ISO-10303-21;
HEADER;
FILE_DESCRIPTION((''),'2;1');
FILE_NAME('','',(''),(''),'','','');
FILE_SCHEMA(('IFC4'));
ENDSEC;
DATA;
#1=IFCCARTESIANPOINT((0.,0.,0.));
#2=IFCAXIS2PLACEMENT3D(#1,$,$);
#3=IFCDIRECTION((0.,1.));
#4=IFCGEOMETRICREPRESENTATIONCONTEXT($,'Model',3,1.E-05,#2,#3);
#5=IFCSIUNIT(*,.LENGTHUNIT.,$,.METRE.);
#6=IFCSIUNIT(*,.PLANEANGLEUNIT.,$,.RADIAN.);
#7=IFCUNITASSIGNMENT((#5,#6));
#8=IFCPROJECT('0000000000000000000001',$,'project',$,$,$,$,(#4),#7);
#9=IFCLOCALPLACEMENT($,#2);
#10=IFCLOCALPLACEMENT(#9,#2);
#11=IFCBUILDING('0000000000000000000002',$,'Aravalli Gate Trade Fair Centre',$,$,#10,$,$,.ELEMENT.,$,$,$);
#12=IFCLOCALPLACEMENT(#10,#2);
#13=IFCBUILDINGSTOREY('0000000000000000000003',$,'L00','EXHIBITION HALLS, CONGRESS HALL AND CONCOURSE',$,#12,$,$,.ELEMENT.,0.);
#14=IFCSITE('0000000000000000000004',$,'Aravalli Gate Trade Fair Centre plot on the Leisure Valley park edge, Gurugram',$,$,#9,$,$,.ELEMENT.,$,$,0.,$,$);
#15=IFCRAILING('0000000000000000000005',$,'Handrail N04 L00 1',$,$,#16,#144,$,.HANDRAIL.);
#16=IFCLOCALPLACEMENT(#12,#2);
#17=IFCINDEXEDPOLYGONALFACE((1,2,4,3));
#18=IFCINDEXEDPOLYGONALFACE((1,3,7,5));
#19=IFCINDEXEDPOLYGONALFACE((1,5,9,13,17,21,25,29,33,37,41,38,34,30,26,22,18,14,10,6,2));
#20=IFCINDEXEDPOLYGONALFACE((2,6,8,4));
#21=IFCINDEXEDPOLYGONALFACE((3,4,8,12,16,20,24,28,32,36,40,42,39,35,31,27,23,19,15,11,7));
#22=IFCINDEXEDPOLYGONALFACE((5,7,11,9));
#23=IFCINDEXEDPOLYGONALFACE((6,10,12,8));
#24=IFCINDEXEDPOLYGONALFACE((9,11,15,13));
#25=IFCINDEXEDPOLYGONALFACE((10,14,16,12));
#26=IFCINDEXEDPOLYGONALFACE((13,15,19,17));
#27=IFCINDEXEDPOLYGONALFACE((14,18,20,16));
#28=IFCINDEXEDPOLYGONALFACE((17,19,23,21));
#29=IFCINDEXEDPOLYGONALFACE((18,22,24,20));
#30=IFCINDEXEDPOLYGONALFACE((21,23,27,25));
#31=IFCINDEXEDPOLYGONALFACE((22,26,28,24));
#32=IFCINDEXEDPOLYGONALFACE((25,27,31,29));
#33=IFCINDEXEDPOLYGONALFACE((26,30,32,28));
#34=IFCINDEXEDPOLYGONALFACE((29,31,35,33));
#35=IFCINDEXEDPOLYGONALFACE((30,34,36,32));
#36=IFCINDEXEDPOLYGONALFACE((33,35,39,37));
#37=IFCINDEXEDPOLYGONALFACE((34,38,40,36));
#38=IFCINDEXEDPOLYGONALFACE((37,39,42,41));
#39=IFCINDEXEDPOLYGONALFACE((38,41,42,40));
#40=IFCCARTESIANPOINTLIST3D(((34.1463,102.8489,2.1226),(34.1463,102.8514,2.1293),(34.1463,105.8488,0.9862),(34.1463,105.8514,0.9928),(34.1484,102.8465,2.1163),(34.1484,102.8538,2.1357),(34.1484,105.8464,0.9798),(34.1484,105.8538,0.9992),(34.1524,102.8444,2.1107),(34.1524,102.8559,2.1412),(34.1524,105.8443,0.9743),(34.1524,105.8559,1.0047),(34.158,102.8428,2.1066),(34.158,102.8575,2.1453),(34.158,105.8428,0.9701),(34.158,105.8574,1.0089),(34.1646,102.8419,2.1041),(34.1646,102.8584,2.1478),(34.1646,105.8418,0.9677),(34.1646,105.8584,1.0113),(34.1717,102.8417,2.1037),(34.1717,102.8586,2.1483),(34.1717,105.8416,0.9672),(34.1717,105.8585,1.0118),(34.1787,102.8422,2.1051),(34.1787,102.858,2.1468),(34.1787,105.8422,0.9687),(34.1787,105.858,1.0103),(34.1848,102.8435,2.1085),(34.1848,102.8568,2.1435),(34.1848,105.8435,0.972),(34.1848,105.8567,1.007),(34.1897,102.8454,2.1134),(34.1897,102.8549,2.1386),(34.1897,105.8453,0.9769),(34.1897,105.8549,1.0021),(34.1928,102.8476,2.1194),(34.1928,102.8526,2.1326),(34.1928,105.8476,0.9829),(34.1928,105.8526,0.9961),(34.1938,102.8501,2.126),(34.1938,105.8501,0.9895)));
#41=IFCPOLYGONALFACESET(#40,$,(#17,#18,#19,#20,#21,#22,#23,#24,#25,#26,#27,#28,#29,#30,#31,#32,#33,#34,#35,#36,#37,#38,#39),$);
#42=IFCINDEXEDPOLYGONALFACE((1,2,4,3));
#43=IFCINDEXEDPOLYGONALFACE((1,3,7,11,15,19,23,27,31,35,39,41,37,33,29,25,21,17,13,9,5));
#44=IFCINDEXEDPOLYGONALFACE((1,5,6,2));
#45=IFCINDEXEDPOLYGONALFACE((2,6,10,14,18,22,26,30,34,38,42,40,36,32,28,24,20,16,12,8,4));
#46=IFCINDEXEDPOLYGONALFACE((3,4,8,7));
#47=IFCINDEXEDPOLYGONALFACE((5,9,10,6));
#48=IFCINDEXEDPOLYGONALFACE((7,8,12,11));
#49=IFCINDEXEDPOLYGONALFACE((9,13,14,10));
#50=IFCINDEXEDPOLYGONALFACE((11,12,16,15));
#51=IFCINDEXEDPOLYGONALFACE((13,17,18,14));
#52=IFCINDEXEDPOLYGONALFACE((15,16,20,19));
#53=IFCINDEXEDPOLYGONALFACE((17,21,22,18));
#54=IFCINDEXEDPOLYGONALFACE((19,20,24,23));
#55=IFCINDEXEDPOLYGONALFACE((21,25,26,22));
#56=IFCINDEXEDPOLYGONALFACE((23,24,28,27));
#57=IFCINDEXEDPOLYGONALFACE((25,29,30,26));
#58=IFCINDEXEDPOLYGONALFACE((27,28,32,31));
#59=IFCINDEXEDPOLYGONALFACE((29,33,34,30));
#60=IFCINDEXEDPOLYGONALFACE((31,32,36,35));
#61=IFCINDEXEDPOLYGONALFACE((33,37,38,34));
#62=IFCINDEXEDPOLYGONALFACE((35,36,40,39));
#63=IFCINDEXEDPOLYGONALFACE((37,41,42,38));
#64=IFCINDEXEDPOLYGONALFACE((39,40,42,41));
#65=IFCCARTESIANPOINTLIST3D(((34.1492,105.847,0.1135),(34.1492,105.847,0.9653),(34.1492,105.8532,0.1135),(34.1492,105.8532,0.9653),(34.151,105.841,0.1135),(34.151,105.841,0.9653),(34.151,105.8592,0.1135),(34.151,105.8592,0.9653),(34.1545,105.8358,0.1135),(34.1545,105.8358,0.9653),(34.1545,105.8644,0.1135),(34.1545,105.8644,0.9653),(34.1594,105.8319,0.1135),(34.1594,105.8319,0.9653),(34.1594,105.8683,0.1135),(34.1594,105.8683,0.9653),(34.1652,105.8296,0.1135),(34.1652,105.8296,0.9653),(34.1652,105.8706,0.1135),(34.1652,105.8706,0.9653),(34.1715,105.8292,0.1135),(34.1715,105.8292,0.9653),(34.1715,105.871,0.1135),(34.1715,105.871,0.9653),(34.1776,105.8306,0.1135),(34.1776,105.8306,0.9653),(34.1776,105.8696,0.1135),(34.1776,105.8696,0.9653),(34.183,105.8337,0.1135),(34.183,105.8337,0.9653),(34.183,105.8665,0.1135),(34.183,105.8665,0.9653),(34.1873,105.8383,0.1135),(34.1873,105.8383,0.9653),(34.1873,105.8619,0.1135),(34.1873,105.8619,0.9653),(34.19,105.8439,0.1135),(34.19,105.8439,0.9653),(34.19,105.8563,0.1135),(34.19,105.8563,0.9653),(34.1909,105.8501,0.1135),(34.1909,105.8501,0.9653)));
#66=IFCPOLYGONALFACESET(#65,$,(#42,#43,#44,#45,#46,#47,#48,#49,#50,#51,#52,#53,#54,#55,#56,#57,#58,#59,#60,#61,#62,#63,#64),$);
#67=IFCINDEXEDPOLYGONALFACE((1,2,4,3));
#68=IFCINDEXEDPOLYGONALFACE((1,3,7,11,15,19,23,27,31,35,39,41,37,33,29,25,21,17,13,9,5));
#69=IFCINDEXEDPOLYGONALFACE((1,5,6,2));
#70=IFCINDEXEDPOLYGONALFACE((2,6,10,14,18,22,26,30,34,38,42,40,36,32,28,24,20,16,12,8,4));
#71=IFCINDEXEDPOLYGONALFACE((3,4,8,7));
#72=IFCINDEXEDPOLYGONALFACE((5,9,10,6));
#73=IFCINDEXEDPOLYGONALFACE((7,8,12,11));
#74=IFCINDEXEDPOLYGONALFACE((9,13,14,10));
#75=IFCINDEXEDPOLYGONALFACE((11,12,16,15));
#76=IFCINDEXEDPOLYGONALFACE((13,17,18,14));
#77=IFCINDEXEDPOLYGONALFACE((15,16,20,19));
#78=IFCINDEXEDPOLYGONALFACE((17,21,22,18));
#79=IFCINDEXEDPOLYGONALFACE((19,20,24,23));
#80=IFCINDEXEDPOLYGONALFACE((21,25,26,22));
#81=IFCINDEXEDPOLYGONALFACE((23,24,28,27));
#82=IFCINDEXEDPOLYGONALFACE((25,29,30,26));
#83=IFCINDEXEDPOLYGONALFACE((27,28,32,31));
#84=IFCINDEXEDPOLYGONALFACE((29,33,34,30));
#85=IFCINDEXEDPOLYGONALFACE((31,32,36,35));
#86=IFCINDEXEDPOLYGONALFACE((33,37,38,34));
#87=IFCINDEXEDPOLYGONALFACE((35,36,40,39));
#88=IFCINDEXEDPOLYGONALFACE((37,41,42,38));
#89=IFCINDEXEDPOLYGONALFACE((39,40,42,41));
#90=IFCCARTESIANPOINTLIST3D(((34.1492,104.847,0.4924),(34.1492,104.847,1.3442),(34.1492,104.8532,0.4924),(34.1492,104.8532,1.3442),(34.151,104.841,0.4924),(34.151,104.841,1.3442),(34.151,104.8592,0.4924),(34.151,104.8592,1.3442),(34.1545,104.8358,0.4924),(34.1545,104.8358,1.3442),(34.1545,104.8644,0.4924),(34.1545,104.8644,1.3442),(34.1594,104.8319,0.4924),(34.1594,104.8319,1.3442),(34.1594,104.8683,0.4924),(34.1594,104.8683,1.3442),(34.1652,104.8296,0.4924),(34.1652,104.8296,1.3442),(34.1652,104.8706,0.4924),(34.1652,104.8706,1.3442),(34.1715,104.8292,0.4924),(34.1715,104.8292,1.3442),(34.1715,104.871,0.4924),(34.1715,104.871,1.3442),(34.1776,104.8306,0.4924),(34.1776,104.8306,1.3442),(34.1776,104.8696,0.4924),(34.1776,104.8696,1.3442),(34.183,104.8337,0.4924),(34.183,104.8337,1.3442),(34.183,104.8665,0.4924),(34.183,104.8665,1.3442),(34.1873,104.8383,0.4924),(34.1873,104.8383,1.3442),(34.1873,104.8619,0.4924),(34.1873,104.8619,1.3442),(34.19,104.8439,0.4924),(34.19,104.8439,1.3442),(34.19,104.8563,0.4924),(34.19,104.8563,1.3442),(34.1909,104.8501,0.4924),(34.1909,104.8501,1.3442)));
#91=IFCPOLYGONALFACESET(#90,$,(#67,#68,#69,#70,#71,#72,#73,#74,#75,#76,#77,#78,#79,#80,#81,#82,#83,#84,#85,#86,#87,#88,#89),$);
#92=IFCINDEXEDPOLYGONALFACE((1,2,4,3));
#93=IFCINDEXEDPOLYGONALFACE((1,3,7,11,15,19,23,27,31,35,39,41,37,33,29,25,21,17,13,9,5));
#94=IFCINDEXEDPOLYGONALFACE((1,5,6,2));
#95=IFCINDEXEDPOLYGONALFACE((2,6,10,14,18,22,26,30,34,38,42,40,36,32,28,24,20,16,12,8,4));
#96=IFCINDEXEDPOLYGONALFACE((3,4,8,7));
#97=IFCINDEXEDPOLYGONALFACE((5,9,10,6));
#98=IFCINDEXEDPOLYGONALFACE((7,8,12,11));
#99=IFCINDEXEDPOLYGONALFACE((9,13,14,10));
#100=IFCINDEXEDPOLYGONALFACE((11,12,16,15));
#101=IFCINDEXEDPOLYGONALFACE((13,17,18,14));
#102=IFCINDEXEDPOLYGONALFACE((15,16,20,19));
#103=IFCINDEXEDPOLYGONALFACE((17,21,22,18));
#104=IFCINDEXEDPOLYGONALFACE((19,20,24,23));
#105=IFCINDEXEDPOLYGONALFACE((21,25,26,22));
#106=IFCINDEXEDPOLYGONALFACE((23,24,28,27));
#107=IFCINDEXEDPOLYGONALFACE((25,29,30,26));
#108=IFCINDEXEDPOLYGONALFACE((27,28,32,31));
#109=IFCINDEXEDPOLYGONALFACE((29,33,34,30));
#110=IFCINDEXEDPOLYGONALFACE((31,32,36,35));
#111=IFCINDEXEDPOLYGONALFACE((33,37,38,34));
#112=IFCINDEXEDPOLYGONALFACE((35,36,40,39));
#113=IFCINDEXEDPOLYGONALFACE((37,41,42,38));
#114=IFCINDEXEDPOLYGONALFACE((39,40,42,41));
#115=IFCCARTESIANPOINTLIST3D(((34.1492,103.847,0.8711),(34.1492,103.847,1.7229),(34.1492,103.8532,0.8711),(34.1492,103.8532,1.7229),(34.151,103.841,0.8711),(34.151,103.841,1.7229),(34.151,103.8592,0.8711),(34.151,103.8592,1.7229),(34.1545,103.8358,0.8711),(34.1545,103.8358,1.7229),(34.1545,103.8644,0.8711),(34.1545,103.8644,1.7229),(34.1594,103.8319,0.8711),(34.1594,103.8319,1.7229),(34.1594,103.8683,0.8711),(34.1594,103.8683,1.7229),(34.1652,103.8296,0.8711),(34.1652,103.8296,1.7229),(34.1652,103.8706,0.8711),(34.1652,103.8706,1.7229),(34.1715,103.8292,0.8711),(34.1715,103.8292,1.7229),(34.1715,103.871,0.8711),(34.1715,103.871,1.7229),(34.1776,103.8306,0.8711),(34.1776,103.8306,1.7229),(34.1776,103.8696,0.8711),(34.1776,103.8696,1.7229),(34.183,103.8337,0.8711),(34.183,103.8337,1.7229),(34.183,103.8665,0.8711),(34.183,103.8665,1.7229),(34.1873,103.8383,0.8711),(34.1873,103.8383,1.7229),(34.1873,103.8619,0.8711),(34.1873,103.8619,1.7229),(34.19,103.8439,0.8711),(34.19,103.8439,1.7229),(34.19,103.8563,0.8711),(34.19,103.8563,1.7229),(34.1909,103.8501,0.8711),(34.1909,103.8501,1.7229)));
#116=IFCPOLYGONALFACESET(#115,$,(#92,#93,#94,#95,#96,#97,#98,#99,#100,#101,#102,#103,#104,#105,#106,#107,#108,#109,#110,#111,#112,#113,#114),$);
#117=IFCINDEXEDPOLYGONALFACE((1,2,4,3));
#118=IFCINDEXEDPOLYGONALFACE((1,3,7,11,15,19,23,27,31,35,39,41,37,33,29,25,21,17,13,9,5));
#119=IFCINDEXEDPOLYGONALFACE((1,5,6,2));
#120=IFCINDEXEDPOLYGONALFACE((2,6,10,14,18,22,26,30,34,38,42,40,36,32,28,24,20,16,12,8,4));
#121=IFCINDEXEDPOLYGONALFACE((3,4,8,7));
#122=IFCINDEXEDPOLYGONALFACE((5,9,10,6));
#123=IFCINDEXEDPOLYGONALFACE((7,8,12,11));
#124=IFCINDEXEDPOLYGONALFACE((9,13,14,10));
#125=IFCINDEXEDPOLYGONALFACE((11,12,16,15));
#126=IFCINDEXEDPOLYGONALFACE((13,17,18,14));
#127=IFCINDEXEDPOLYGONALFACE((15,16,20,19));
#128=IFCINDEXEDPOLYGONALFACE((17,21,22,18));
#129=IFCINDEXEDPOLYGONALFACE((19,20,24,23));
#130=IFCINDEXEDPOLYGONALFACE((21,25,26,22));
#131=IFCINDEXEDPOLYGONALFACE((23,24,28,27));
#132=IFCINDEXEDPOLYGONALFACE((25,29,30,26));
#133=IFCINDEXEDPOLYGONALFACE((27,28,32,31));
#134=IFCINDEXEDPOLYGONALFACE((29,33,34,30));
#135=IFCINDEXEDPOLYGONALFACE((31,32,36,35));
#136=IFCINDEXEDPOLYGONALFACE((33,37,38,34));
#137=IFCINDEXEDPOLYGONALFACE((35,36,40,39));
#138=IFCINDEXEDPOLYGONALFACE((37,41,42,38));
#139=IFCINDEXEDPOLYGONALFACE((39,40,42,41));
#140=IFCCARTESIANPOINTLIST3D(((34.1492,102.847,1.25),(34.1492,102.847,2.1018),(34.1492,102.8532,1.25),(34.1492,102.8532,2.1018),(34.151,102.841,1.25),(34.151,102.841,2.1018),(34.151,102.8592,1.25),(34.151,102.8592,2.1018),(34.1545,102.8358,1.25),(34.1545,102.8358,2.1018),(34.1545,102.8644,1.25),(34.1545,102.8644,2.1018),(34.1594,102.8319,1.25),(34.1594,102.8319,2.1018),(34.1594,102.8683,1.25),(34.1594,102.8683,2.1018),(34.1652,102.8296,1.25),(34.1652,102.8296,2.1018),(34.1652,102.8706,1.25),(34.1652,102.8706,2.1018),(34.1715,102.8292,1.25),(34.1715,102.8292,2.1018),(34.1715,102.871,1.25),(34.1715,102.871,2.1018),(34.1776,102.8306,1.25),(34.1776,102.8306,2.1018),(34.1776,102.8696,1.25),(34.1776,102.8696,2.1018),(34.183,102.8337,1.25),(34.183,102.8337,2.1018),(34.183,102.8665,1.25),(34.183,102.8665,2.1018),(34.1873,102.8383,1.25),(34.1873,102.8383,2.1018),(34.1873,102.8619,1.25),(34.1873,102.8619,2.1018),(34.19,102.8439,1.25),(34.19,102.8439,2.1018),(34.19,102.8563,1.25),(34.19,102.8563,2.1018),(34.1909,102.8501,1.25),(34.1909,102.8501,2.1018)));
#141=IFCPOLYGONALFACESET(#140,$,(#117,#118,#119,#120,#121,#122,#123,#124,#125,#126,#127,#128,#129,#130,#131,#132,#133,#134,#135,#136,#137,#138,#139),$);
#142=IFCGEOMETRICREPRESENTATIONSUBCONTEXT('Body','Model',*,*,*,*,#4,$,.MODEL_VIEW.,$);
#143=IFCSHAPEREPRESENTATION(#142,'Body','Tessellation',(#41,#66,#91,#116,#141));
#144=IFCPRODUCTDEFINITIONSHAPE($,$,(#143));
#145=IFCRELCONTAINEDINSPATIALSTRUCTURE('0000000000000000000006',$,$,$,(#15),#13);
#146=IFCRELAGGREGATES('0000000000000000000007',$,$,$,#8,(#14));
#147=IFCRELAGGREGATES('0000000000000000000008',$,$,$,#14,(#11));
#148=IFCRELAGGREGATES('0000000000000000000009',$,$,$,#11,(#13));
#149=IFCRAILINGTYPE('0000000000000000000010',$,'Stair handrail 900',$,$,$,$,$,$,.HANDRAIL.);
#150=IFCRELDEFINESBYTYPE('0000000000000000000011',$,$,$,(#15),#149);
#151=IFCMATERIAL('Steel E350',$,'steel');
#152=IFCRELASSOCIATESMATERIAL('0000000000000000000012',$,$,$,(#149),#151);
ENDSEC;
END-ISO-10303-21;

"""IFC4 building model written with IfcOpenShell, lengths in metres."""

from ifc_helpers import new_model, si_unit, direction, frame, origin, origin_2d, place, context, subcontext, project, spatial, circle, extrude, material, type_object, element, save


model = new_model("IFC4")

# Units and contexts
model_context = context("Model", 3, precision=1e-05, world=origin(), true_north=direction((0.0, 1.0)))
body_context = subcontext(model_context, "Body", "Model", "MODEL_VIEW")
ifc_project = project(units=[si_unit("LENGTHUNIT", "METRE"), si_unit("PLANEANGLEUNIT", "RADIAN")], contexts=[model_context])

# Site, building, storey
site_placement = place(None, origin())
site = spatial("IfcSite", under=ifc_project, at=site_placement, Name="Aravalli Gate Trade Fair Centre plot on the Leisure Valley park edge, Gurugram", CompositionType="ELEMENT", RefElevation=0.0)
building_placement = place(site_placement, origin())
building = spatial("IfcBuilding", under=site, at=building_placement, Name="Aravalli Gate Trade Fair Centre", CompositionType="ELEMENT")
storey_placement = place(building_placement, origin())
storey = spatial("IfcBuildingStorey", under=building, at=storey_placement, Name="L00", Description="EXHIBITION HALLS, CONGRESS HALL AND CONCOURSE", CompositionType="ELEMENT", Elevation=0.0)

# Shared definitions
ifc_material_1 = material(Name="Steel E350", Category="steel")

# Railing
railing_type = type_object("IfcRailingType", Name="Stair handrail 900", PredefinedType="HANDRAIL", material=ifc_material_1)
for number, where, name in (
    (1, (34.1699, 105.8501, 0.1135), "Handrail N04 L00 1"),
):
    element("IfcRailing", number, at=place(storey_placement, frame(where)), inside=storey, type_object=railing_type, Name=name, PredefinedType="HANDRAIL", context=body_context, shape_type="SweptSolid", body=[
        extrude(circle(Radius=0.0239, at=origin_2d()), frame((0.0, 0.0, 0.876), z_axis=(0.0, -0.935148, 0.354257), x_axis=(1.0, 0.0, 0.0)), (0.0, 0.0, 1.0), 3.208),
        extrude(circle(Radius=0.021, at=origin_2d()), origin(), (0.0, 0.0, 1.0), 0.8518),
        extrude(circle(Radius=0.021, at=origin_2d()), frame((0.0, -1.0, 0.3789)), (0.0, 0.0, 1.0), 0.8518),
        extrude(circle(Radius=0.021, at=origin_2d()), frame((0.0, -2.0, 0.7576)), (0.0, 0.0, 1.0), 0.8518),
        extrude(circle(Radius=0.021, at=origin_2d()), frame((0.0, -3.0, 1.1365)), (0.0, 0.0, 1.0), 0.8518),
    ])

save(model, "model.ifc")
